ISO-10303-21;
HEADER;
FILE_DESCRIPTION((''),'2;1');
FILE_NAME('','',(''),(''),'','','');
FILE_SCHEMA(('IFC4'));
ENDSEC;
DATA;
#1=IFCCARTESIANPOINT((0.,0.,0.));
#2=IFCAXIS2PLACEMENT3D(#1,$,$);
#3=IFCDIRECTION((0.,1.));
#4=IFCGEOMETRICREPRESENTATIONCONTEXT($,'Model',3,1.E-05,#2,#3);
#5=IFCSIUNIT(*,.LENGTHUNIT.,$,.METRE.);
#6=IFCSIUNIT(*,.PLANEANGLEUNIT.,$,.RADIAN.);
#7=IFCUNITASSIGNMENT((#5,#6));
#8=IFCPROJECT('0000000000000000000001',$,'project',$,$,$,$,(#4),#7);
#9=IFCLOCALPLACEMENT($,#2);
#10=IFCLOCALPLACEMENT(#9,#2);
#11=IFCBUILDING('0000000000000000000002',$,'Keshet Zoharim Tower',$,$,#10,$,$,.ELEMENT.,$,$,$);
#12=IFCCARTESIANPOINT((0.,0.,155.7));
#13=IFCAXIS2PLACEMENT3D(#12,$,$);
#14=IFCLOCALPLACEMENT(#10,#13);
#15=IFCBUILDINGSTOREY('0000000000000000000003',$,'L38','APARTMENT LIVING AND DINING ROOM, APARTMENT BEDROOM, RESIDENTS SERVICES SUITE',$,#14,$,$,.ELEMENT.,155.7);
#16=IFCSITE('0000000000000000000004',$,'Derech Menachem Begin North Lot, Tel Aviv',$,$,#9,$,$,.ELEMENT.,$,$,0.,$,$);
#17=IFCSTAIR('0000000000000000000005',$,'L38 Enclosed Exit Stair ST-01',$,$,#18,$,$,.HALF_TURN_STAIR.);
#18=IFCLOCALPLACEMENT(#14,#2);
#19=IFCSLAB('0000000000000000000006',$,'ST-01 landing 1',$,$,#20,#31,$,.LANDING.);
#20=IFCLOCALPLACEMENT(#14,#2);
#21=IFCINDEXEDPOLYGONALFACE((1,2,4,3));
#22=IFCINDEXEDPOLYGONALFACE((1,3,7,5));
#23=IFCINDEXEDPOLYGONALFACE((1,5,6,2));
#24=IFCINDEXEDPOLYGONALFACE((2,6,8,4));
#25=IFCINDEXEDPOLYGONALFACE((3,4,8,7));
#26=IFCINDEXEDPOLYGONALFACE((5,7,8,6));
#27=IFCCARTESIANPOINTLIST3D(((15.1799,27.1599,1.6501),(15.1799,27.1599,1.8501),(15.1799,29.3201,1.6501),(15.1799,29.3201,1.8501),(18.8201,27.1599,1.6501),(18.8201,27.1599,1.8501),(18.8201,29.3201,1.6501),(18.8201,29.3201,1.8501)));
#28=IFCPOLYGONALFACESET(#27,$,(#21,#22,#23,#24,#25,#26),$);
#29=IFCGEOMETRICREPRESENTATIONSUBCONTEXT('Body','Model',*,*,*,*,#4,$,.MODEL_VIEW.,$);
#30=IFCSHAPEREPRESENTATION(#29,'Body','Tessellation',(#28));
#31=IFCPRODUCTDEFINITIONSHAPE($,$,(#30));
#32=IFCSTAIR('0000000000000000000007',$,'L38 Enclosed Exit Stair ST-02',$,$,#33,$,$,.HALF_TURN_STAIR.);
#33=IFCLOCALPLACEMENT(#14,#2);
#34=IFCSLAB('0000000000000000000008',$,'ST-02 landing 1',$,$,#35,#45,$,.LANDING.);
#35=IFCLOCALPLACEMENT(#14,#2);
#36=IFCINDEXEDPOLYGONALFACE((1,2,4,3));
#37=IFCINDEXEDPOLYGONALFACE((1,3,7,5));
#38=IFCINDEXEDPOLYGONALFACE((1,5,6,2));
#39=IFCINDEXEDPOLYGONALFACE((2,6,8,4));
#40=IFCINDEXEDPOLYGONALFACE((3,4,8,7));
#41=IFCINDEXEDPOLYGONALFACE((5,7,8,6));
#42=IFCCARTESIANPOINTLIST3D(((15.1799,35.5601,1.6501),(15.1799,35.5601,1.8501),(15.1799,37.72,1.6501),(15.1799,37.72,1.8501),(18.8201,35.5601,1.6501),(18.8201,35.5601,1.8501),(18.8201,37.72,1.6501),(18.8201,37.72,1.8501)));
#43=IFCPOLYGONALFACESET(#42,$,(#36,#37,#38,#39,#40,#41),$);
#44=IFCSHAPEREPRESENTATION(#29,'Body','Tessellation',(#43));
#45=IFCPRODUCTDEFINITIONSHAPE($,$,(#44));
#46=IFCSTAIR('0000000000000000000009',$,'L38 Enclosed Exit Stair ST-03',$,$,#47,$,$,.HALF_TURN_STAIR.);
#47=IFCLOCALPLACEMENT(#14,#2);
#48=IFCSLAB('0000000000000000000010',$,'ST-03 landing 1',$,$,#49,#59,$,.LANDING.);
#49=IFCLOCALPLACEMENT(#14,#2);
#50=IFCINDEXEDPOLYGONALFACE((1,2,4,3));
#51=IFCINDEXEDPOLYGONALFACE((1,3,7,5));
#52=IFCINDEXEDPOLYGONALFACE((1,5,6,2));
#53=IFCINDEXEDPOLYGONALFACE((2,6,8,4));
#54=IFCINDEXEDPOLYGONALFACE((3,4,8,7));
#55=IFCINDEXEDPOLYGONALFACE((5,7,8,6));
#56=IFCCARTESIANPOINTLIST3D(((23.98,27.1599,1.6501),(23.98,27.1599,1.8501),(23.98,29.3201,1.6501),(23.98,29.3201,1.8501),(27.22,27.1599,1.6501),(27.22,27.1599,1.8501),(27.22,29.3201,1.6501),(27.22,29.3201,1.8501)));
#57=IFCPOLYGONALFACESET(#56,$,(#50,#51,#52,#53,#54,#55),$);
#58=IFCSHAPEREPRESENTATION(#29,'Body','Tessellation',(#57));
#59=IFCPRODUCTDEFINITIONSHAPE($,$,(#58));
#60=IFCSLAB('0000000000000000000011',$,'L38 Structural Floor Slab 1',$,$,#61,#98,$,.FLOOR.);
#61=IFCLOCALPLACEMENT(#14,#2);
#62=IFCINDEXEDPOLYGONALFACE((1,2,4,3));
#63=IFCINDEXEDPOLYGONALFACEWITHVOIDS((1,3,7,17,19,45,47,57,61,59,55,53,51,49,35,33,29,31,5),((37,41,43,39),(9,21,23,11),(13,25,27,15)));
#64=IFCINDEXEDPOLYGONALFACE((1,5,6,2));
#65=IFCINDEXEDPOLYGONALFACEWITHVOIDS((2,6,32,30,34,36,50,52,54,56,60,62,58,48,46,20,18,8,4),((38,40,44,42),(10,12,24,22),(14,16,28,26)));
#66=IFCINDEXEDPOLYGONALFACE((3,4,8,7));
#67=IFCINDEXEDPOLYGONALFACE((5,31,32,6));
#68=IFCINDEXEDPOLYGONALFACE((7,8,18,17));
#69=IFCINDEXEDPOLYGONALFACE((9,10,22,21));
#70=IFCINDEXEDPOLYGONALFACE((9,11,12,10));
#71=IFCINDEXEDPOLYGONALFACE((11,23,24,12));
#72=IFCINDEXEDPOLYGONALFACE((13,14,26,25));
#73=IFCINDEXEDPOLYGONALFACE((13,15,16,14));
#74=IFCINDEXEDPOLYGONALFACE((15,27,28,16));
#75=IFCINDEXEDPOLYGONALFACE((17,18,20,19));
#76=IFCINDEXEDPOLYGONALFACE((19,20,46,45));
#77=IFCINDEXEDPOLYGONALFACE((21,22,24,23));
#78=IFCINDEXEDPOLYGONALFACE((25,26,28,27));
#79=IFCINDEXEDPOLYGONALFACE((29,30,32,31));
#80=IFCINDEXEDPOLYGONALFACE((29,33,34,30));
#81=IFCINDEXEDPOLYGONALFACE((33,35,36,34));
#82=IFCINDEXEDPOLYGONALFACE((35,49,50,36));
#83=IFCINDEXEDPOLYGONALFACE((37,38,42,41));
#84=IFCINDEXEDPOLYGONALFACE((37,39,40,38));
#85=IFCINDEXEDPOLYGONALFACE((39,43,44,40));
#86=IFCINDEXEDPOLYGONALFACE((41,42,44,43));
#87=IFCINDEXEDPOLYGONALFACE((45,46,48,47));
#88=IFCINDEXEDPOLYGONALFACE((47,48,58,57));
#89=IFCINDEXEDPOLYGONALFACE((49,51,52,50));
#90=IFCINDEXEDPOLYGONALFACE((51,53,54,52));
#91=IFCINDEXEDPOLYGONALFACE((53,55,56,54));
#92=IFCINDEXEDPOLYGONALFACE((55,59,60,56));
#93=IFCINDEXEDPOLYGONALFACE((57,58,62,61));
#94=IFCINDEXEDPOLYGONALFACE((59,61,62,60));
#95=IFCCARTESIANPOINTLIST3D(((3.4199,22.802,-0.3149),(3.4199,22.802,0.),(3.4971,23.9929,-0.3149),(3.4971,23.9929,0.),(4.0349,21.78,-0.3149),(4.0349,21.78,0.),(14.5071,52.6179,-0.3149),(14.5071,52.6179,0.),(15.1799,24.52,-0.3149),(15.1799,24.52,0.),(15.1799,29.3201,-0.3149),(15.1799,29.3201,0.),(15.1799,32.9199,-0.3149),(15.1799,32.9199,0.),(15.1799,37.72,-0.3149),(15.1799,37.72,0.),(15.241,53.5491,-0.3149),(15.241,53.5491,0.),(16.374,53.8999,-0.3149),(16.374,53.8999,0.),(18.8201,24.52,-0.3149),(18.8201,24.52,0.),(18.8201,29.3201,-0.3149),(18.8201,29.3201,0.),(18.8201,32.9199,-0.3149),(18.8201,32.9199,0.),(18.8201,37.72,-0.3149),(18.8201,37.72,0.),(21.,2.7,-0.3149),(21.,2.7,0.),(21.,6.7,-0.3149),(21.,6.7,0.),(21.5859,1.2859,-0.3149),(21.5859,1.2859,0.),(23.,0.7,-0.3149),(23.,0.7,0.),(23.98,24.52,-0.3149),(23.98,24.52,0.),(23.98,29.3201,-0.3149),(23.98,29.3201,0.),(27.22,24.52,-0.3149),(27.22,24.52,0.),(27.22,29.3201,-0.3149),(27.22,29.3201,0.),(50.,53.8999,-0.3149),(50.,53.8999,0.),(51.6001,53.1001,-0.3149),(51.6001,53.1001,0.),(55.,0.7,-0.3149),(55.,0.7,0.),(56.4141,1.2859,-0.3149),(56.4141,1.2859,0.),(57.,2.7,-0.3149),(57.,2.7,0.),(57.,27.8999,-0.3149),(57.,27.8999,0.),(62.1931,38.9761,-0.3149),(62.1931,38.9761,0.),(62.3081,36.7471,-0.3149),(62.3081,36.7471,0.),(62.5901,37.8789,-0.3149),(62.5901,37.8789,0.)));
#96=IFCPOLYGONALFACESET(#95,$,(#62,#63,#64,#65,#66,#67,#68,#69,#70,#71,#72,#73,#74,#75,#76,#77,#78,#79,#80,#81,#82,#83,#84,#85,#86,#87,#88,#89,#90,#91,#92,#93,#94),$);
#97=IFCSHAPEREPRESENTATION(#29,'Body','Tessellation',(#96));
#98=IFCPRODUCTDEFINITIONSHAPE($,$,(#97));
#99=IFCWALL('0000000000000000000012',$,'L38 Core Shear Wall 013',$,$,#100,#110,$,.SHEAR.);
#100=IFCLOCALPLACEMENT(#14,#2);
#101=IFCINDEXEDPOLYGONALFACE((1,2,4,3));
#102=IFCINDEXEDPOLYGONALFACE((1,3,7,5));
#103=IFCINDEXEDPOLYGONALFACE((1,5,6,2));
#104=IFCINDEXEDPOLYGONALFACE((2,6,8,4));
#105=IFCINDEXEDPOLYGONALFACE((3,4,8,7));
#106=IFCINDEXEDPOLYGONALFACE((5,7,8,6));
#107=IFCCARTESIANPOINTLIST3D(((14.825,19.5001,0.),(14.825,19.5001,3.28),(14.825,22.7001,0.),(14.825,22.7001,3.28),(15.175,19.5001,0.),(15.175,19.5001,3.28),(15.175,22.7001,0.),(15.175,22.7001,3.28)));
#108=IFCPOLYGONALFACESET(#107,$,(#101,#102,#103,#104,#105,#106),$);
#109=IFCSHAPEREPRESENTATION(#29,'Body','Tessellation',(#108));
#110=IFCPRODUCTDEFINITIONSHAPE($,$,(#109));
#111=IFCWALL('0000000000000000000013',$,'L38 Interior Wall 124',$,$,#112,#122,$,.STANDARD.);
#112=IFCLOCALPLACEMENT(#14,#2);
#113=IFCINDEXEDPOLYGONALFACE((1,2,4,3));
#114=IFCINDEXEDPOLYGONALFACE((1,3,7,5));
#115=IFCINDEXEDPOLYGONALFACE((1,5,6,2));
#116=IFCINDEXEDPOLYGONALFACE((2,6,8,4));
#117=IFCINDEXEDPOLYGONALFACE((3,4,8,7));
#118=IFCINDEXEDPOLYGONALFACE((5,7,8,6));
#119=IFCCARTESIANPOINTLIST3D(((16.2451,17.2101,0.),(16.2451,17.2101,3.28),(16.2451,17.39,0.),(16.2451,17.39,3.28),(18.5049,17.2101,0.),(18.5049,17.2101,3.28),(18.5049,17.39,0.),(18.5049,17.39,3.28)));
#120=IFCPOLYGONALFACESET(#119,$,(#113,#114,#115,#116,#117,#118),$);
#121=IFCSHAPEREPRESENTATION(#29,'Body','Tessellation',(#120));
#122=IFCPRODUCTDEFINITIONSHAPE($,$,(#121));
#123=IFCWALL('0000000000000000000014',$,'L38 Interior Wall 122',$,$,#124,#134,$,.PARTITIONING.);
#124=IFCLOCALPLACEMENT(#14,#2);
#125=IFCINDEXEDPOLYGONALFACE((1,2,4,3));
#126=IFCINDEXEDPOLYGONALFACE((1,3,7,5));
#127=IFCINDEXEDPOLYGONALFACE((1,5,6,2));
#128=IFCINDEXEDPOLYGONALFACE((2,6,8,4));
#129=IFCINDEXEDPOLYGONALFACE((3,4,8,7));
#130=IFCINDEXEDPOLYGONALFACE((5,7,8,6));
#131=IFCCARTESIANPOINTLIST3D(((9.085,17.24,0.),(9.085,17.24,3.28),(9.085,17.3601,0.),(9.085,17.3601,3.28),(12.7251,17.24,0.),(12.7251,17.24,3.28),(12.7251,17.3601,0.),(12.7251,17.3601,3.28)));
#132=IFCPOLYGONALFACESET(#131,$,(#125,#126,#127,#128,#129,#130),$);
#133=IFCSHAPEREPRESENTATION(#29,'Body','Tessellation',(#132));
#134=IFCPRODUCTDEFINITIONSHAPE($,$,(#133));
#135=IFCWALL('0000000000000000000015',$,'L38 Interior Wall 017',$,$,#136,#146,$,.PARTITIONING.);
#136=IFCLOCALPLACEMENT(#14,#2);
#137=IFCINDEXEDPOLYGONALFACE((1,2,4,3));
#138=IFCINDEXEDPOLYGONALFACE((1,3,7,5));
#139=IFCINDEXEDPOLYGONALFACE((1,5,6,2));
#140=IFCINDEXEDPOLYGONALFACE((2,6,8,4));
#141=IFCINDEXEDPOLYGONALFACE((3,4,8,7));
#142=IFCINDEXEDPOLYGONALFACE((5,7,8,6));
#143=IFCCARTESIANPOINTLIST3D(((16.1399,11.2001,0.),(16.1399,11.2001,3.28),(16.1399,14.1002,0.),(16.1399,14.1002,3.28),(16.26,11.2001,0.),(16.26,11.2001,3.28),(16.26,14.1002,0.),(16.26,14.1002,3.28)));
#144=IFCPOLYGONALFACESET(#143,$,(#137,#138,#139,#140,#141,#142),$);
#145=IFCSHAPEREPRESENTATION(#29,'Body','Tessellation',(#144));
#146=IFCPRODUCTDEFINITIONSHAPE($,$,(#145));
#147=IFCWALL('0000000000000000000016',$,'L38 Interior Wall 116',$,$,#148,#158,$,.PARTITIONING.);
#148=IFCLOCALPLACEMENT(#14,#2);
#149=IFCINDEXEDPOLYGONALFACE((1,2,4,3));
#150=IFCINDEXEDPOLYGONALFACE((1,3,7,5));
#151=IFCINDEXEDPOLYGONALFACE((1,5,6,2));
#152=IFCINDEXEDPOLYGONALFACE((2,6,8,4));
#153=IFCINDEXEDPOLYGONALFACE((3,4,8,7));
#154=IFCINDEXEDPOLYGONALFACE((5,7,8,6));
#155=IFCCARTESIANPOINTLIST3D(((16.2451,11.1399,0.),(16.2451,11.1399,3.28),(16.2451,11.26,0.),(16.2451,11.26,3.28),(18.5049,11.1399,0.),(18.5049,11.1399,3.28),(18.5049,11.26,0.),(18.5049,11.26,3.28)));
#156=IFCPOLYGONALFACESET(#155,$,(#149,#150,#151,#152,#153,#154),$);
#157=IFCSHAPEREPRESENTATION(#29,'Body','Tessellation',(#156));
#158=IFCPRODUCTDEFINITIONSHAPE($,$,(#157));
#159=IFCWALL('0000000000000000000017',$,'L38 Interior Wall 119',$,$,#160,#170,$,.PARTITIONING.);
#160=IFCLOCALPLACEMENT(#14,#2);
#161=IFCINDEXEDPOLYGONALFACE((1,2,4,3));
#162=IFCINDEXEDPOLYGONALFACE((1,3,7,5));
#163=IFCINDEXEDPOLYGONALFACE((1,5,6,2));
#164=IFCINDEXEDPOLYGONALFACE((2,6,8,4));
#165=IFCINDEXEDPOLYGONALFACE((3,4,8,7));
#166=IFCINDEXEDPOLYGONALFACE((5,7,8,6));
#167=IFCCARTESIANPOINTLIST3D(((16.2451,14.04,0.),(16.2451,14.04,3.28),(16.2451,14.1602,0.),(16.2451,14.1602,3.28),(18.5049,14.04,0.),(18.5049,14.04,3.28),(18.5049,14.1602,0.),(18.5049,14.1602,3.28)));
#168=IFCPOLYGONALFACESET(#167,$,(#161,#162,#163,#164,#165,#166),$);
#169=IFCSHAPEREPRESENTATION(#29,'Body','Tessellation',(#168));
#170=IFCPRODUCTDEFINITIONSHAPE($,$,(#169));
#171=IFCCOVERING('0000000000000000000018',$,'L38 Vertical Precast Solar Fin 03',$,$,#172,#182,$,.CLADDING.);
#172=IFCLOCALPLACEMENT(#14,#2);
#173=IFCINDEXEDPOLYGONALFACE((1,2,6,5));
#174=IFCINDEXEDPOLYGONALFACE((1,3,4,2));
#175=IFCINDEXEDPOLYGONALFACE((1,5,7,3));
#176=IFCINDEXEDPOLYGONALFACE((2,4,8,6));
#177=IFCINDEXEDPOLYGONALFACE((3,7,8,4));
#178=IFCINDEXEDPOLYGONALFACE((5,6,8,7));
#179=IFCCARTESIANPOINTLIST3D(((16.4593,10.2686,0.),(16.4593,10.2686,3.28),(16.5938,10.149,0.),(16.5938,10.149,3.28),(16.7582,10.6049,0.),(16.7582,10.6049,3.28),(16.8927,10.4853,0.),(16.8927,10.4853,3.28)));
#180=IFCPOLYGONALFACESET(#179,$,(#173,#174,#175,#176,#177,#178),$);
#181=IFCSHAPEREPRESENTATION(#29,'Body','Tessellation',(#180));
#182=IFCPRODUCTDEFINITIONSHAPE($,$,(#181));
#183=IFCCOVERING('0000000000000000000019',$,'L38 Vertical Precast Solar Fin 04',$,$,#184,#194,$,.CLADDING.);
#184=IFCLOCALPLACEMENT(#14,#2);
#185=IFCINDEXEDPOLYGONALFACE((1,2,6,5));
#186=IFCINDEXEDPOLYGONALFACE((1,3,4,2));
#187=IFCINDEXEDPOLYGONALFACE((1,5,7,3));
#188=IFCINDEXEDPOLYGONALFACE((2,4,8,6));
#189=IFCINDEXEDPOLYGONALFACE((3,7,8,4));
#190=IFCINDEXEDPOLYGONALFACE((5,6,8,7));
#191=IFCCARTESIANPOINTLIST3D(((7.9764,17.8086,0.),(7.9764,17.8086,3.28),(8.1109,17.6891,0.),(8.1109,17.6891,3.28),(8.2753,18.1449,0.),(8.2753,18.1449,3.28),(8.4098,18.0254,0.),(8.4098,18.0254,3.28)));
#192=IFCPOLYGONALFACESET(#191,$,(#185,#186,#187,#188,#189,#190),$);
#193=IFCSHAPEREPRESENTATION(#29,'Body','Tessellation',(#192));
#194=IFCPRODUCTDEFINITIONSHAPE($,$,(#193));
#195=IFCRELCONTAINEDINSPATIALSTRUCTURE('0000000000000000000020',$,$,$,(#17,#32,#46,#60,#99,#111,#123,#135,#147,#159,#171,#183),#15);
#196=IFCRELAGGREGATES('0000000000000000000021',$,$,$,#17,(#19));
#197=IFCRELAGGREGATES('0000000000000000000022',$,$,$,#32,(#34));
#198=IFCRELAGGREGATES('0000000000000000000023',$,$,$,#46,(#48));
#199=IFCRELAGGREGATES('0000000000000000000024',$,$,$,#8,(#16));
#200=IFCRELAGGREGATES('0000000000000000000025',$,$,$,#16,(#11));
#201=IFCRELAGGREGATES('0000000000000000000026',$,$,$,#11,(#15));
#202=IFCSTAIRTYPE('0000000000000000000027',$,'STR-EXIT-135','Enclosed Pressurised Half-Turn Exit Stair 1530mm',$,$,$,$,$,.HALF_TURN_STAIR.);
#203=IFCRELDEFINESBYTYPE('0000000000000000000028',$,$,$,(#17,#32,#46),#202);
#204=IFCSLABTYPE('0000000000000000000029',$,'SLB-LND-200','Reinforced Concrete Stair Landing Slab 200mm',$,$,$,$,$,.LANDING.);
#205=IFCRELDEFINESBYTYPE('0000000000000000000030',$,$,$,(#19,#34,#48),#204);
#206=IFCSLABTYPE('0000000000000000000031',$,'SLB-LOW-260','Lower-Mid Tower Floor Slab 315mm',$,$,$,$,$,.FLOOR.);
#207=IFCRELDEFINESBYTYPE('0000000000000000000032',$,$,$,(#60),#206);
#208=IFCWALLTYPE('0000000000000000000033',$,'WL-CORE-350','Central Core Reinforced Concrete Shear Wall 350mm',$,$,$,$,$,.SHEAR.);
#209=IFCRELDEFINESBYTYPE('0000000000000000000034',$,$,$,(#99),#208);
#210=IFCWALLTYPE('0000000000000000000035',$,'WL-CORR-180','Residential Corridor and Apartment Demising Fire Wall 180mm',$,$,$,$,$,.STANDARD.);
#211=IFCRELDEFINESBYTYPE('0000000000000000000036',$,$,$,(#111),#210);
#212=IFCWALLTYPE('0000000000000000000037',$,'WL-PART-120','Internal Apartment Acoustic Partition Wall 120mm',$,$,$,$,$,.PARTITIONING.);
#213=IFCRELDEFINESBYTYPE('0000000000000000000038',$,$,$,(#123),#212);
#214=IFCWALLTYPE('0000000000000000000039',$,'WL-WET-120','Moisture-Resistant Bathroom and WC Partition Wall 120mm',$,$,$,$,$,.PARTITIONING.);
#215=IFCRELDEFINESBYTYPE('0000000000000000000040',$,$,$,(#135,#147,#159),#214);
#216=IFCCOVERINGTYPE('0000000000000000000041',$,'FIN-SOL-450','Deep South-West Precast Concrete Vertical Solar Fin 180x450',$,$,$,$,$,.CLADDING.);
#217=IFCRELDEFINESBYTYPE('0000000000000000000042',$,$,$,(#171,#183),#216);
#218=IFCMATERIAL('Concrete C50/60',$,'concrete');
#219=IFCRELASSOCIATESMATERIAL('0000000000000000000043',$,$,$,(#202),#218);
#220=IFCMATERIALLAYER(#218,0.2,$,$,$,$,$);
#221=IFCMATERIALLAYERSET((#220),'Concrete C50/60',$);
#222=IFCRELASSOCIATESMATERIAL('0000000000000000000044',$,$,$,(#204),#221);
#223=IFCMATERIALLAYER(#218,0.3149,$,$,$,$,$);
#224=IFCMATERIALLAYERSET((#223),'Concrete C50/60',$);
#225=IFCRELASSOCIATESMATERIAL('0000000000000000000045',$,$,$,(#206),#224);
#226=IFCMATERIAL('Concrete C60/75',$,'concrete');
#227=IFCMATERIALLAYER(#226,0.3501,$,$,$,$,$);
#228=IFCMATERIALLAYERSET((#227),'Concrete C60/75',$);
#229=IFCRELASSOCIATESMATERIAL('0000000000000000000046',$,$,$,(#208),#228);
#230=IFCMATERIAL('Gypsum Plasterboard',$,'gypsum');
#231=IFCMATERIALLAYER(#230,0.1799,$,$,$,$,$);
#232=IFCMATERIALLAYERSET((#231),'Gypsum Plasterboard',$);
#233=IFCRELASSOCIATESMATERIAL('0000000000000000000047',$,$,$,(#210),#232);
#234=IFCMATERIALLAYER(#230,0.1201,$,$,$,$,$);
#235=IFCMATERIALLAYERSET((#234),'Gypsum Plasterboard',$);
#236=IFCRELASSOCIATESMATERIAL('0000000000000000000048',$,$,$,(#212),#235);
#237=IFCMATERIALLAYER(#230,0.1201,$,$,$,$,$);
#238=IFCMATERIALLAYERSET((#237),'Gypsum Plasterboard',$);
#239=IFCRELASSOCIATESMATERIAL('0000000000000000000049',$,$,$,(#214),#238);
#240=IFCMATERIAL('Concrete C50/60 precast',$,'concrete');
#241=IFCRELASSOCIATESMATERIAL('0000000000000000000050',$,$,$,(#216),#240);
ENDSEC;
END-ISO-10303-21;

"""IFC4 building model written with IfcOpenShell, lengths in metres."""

from ifc_helpers import new_model, si_unit, direction, frame, frame_2d, origin, origin_2d, place, context, subcontext, project, spatial, polyline, rectangle, outline, extrude, material, layer, layer_set, type_object, element, aggregate, save


model = new_model("IFC4")

# Units and contexts
model_context = context("Model", 3, precision=1e-05, world=origin(), true_north=direction((0.0, 1.0)))
body_context = subcontext(model_context, "Body", "Model", "MODEL_VIEW")
ifc_project = project(units=[si_unit("LENGTHUNIT", "METRE"), si_unit("PLANEANGLEUNIT", "RADIAN")], contexts=[model_context])

# Site, building, storey
site_placement = place(None, origin())
site = spatial("IfcSite", under=ifc_project, at=site_placement, Name="Derech Menachem Begin North Lot, Tel Aviv", CompositionType="ELEMENT", RefElevation=0.0)
building_placement = place(site_placement, origin())
building = spatial("IfcBuilding", under=site, at=building_placement, Name="Keshet Zoharim Tower", CompositionType="ELEMENT")
storey_placement = place(building_placement, frame((0.0, 0.0, 155.7)))
storey = spatial("IfcBuildingStorey", under=building, at=storey_placement, Name="L38", Description="APARTMENT LIVING AND DINING ROOM, APARTMENT BEDROOM, RESIDENTS SERVICES SUITE", CompositionType="ELEMENT", Elevation=155.7)

# Shared definitions
ifc_material_1 = material(Name="Concrete C60/75", Category="concrete")

# Stairs, slabs
ifc_material_2 = material(Name="Concrete C50/60", Category="concrete")
stair_type = type_object("IfcStairType", Name="STR-EXIT-135", Description="Enclosed Pressurised Half-Turn Exit Stair 1530mm", PredefinedType="HALF_TURN_STAIR", material=ifc_material_2)
stair_1_placement = place(storey_placement, origin())
stair_1 = element("IfcStair", 1, at=stair_1_placement, inside=storey, type_object=stair_type, Name="L38 Enclosed Exit Stair ST-01", PredefinedType="HALF_TURN_STAIR")
ifc_layer_1 = layer(ifc_material_2, 0.2)
ifc_layer_set_1 = layer_set([ifc_layer_1], Name="Concrete C50/60")
slab_type_1 = type_object("IfcSlabType", Name="SLB-LND-200", Description="Reinforced Concrete Stair Landing Slab 200mm", PredefinedType="LANDING", material=ifc_layer_set_1)
slab_1_placement = place(storey_placement, frame((0.0, 0.0, 1.6501)))
slab_1 = element("IfcSlab", 2, at=slab_1_placement, type_object=slab_type_1, Name="ST-01 landing 1", PredefinedType="LANDING", context=body_context, shape_type="SweptSolid", body=[
    extrude(outline(polyline([(15.1799, 27.1599), (18.8201, 27.1599), (18.8201, 29.3201), (15.1799, 29.3201), (15.1799, 27.1599)])), origin(), (0.0, 0.0, 1.0), 0.2),
])
aggregate(stair_1, [slab_1])
stair_2_placement = place(storey_placement, origin())
stair_2 = element("IfcStair", 3, at=stair_2_placement, inside=storey, type_object=stair_type, Name="L38 Enclosed Exit Stair ST-02", PredefinedType="HALF_TURN_STAIR")
slab_2_placement = place(storey_placement, frame((0.0, 0.0, 1.6501)))
slab_2 = element("IfcSlab", 4, at=slab_2_placement, type_object=slab_type_1, Name="ST-02 landing 1", PredefinedType="LANDING", context=body_context, shape_type="SweptSolid", body=[
    extrude(outline(polyline([(15.1799, 35.5601), (18.8201, 35.5601), (18.8201, 37.72), (15.1799, 37.72), (15.1799, 35.5601)])), origin(), (0.0, 0.0, 1.0), 0.2),
])
aggregate(stair_2, [slab_2])
stair_3_placement = place(storey_placement, origin())
stair_3 = element("IfcStair", 5, at=stair_3_placement, inside=storey, type_object=stair_type, Name="L38 Enclosed Exit Stair ST-03", PredefinedType="HALF_TURN_STAIR")
slab_3_placement = place(storey_placement, frame((0.0, 0.0, 1.6501)))
slab_3 = element("IfcSlab", 6, at=slab_3_placement, type_object=slab_type_1, Name="ST-03 landing 1", PredefinedType="LANDING", context=body_context, shape_type="SweptSolid", body=[
    extrude(outline(polyline([(23.98, 27.1599), (27.22, 27.1599), (27.22, 29.3201), (23.98, 29.3201), (23.98, 27.1599)])), origin(), (0.0, 0.0, 1.0), 0.2),
])
aggregate(stair_3, [slab_3])

# Slab
ifc_layer_2 = layer(ifc_material_2, 0.3149)
ifc_layer_set_2 = layer_set([ifc_layer_2], Name="Concrete C50/60")
slab_type_2 = type_object("IfcSlabType", Name="SLB-LOW-260", Description="Lower-Mid Tower Floor Slab 315mm", PredefinedType="FLOOR", material=ifc_layer_set_2)
slab_4_placement = place(storey_placement, frame((0.0, 0.0, -0.3149)))
element("IfcSlab", 7, at=slab_4_placement, inside=storey, type_object=slab_type_2, Name="L38 Structural Floor Slab 1", PredefinedType="FLOOR", context=body_context, shape_type="SweptSolid", body=[
    extrude(outline(polyline([(57.0, 2.7), (56.4141, 1.2859), (55.0, 0.7), (23.0, 0.7), (21.5859, 1.2859), (21.0, 2.7), (21.0, 6.7), (4.0349, 21.78), (3.4199, 22.802), (3.4971, 23.9929), (14.5071, 52.6179), (15.241, 53.5491), (16.374, 53.8999), (50.0, 53.8999), (51.6001, 53.1001), (62.1931, 38.9761), (62.5901, 37.8789), (62.3081, 36.7471), (57.0, 27.8999), (57.0, 2.7)]), holes=[polyline([(15.1799, 24.52), (18.8201, 24.52), (18.8201, 29.3201), (15.1799, 29.3201), (15.1799, 24.52)]), polyline([(15.1799, 32.9199), (18.8201, 32.9199), (18.8201, 37.72), (15.1799, 37.72), (15.1799, 32.9199)]), polyline([(23.98, 24.52), (27.22, 24.52), (27.22, 29.3201), (23.98, 29.3201), (23.98, 24.52)])]), origin(), (0.0, 0.0, 1.0), 0.3149),
])

# Wall
ifc_layer_3 = layer(ifc_material_1, 0.3501)
ifc_layer_set_3 = layer_set([ifc_layer_3], Name="Concrete C60/75")
wall_type_1 = type_object("IfcWallType", Name="WL-CORE-350", Description="Central Core Reinforced Concrete Shear Wall 350mm", PredefinedType="SHEAR", material=ifc_layer_set_3)
wall_1_placement = place(storey_placement, frame((15.0, 19.5, 0.0), z_axis=(0.0, 0.0, 1.0), x_axis=(0.0, 1.0, 0.0)))
element("IfcWall", 8, at=wall_1_placement, inside=storey, type_object=wall_type_1, Name="L38 Core Shear Wall 013", PredefinedType="SHEAR", context=body_context, shape_type="SweptSolid", body=[
    extrude(rectangle(XDim=3.2, YDim=0.3501, at=frame_2d((1.6001, 0.0))), origin(), (0.0, 0.0, 1.0), 3.28),
])

# Shared definitions
ifc_material_3 = material(Name="Gypsum Plasterboard", Category="gypsum")
ifc_layer_4 = layer(ifc_material_3, 0.1799)
ifc_layer_set_4 = layer_set([ifc_layer_4], Name="Gypsum Plasterboard")
wall_type_2 = type_object("IfcWallType", Name="WL-CORR-180", Description="Residential Corridor and Apartment Demising Fire Wall 180mm", PredefinedType="STANDARD", material=ifc_layer_set_4)

# Wall
wall_2_placement = place(storey_placement, frame((16.2451, 17.3, 0.0), z_axis=(0.0, 0.0, 1.0), x_axis=(1.0, 0.0, 0.0)))
element("IfcWall", 9, at=wall_2_placement, inside=storey, type_object=wall_type_2, Name="L38 Interior Wall 124", PredefinedType="STANDARD", context=body_context, shape_type="SweptSolid", body=[
    extrude(rectangle(XDim=2.2598, YDim=0.1799, at=frame_2d((1.1299, 0.0))), origin(), (0.0, 0.0, 1.0), 3.28),
])

# Shared definitions
ifc_layer_5 = layer(ifc_material_3, 0.1201)
ifc_layer_set_5 = layer_set([ifc_layer_5], Name="Gypsum Plasterboard")
wall_type_3 = type_object("IfcWallType", Name="WL-PART-120", Description="Internal Apartment Acoustic Partition Wall 120mm", PredefinedType="PARTITIONING", material=ifc_layer_set_5)

# Walls
wall_3_placement = place(storey_placement, frame((9.085, 17.3, 0.0), z_axis=(0.0, 0.0, 1.0), x_axis=(1.0, 0.0, 0.0)))
element("IfcWall", 10, at=wall_3_placement, inside=storey, type_object=wall_type_3, Name="L38 Interior Wall 122", PredefinedType="PARTITIONING", context=body_context, shape_type="SweptSolid", body=[
    extrude(rectangle(XDim=3.6401, YDim=0.1201, at=frame_2d((1.8201, 0.0))), origin(), (0.0, 0.0, 1.0), 3.28),
])
ifc_layer_6 = layer(ifc_material_3, 0.1201)
ifc_layer_set_6 = layer_set([ifc_layer_6], Name="Gypsum Plasterboard")
wall_type_4 = type_object("IfcWallType", Name="WL-WET-120", Description="Moisture-Resistant Bathroom and WC Partition Wall 120mm", PredefinedType="PARTITIONING", material=ifc_layer_set_6)
wall_4_placement = place(storey_placement, frame((16.2, 11.2, 0.0), z_axis=(0.0, 0.0, 1.0), x_axis=(0.0, 1.0, 0.0)))
element("IfcWall", 11, at=wall_4_placement, inside=storey, type_object=wall_type_4, Name="L38 Interior Wall 017", PredefinedType="PARTITIONING", context=body_context, shape_type="SweptSolid", body=[
    extrude(rectangle(XDim=2.9001, YDim=0.1201, at=frame_2d((1.4502, 0.0))), origin(), (0.0, 0.0, 1.0), 3.28),
])
for number, where, z_axis, x_axis, name in (
    (12, (16.2451, 11.2, 0.0), (0.0, 0.0, 1.0), (1.0, 0.0, 0.0), "L38 Interior Wall 116"),
    (13, (16.2451, 14.1001, 0.0), (0.0, 0.0, 1.0), (1.0, 0.0, 0.0), "L38 Interior Wall 119"),
):
    element("IfcWall", number, at=place(storey_placement, frame(where, z_axis=z_axis, x_axis=x_axis)), inside=storey, type_object=wall_type_4, Name=name, PredefinedType="PARTITIONING", context=body_context, shape_type="SweptSolid", body=[
        extrude(rectangle(XDim=2.2598, YDim=0.1201, at=frame_2d((1.1299, 0.0))), origin(), (0.0, 0.0, 1.0), 3.28),
    ])

# Coverings
ifc_material_4 = material(Name="Concrete C50/60 precast", Category="concrete")
covering_type = type_object("IfcCoveringType", Name="FIN-SOL-450", Description="Deep South-West Precast Concrete Vertical Solar Fin 180x450", PredefinedType="CLADDING", material=ifc_material_4)
for number, where, z_axis, x_axis, name in (
    (14, (16.676, 10.377, 0.0), (0.0, 0.0, 1.0), (-0.747409, 0.664364, 0.0), "L38 Vertical Precast Solar Fin 03"),
    (15, (8.1931, 17.917, 0.0), (0.0, 0.0, 1.0), (-0.747409, 0.664364, 0.0), "L38 Vertical Precast Solar Fin 04"),
):
    element("IfcCovering", number, at=place(storey_placement, frame(where, z_axis=z_axis, x_axis=x_axis)), inside=storey, type_object=covering_type, Name=name, PredefinedType="CLADDING", context=body_context, shape_type="SweptSolid", body=[
        extrude(rectangle(XDim=0.1799, YDim=0.45, at=origin_2d()), origin(), (0.0, 0.0, 1.0), 3.28),
    ])

save(model, "model.ifc")
